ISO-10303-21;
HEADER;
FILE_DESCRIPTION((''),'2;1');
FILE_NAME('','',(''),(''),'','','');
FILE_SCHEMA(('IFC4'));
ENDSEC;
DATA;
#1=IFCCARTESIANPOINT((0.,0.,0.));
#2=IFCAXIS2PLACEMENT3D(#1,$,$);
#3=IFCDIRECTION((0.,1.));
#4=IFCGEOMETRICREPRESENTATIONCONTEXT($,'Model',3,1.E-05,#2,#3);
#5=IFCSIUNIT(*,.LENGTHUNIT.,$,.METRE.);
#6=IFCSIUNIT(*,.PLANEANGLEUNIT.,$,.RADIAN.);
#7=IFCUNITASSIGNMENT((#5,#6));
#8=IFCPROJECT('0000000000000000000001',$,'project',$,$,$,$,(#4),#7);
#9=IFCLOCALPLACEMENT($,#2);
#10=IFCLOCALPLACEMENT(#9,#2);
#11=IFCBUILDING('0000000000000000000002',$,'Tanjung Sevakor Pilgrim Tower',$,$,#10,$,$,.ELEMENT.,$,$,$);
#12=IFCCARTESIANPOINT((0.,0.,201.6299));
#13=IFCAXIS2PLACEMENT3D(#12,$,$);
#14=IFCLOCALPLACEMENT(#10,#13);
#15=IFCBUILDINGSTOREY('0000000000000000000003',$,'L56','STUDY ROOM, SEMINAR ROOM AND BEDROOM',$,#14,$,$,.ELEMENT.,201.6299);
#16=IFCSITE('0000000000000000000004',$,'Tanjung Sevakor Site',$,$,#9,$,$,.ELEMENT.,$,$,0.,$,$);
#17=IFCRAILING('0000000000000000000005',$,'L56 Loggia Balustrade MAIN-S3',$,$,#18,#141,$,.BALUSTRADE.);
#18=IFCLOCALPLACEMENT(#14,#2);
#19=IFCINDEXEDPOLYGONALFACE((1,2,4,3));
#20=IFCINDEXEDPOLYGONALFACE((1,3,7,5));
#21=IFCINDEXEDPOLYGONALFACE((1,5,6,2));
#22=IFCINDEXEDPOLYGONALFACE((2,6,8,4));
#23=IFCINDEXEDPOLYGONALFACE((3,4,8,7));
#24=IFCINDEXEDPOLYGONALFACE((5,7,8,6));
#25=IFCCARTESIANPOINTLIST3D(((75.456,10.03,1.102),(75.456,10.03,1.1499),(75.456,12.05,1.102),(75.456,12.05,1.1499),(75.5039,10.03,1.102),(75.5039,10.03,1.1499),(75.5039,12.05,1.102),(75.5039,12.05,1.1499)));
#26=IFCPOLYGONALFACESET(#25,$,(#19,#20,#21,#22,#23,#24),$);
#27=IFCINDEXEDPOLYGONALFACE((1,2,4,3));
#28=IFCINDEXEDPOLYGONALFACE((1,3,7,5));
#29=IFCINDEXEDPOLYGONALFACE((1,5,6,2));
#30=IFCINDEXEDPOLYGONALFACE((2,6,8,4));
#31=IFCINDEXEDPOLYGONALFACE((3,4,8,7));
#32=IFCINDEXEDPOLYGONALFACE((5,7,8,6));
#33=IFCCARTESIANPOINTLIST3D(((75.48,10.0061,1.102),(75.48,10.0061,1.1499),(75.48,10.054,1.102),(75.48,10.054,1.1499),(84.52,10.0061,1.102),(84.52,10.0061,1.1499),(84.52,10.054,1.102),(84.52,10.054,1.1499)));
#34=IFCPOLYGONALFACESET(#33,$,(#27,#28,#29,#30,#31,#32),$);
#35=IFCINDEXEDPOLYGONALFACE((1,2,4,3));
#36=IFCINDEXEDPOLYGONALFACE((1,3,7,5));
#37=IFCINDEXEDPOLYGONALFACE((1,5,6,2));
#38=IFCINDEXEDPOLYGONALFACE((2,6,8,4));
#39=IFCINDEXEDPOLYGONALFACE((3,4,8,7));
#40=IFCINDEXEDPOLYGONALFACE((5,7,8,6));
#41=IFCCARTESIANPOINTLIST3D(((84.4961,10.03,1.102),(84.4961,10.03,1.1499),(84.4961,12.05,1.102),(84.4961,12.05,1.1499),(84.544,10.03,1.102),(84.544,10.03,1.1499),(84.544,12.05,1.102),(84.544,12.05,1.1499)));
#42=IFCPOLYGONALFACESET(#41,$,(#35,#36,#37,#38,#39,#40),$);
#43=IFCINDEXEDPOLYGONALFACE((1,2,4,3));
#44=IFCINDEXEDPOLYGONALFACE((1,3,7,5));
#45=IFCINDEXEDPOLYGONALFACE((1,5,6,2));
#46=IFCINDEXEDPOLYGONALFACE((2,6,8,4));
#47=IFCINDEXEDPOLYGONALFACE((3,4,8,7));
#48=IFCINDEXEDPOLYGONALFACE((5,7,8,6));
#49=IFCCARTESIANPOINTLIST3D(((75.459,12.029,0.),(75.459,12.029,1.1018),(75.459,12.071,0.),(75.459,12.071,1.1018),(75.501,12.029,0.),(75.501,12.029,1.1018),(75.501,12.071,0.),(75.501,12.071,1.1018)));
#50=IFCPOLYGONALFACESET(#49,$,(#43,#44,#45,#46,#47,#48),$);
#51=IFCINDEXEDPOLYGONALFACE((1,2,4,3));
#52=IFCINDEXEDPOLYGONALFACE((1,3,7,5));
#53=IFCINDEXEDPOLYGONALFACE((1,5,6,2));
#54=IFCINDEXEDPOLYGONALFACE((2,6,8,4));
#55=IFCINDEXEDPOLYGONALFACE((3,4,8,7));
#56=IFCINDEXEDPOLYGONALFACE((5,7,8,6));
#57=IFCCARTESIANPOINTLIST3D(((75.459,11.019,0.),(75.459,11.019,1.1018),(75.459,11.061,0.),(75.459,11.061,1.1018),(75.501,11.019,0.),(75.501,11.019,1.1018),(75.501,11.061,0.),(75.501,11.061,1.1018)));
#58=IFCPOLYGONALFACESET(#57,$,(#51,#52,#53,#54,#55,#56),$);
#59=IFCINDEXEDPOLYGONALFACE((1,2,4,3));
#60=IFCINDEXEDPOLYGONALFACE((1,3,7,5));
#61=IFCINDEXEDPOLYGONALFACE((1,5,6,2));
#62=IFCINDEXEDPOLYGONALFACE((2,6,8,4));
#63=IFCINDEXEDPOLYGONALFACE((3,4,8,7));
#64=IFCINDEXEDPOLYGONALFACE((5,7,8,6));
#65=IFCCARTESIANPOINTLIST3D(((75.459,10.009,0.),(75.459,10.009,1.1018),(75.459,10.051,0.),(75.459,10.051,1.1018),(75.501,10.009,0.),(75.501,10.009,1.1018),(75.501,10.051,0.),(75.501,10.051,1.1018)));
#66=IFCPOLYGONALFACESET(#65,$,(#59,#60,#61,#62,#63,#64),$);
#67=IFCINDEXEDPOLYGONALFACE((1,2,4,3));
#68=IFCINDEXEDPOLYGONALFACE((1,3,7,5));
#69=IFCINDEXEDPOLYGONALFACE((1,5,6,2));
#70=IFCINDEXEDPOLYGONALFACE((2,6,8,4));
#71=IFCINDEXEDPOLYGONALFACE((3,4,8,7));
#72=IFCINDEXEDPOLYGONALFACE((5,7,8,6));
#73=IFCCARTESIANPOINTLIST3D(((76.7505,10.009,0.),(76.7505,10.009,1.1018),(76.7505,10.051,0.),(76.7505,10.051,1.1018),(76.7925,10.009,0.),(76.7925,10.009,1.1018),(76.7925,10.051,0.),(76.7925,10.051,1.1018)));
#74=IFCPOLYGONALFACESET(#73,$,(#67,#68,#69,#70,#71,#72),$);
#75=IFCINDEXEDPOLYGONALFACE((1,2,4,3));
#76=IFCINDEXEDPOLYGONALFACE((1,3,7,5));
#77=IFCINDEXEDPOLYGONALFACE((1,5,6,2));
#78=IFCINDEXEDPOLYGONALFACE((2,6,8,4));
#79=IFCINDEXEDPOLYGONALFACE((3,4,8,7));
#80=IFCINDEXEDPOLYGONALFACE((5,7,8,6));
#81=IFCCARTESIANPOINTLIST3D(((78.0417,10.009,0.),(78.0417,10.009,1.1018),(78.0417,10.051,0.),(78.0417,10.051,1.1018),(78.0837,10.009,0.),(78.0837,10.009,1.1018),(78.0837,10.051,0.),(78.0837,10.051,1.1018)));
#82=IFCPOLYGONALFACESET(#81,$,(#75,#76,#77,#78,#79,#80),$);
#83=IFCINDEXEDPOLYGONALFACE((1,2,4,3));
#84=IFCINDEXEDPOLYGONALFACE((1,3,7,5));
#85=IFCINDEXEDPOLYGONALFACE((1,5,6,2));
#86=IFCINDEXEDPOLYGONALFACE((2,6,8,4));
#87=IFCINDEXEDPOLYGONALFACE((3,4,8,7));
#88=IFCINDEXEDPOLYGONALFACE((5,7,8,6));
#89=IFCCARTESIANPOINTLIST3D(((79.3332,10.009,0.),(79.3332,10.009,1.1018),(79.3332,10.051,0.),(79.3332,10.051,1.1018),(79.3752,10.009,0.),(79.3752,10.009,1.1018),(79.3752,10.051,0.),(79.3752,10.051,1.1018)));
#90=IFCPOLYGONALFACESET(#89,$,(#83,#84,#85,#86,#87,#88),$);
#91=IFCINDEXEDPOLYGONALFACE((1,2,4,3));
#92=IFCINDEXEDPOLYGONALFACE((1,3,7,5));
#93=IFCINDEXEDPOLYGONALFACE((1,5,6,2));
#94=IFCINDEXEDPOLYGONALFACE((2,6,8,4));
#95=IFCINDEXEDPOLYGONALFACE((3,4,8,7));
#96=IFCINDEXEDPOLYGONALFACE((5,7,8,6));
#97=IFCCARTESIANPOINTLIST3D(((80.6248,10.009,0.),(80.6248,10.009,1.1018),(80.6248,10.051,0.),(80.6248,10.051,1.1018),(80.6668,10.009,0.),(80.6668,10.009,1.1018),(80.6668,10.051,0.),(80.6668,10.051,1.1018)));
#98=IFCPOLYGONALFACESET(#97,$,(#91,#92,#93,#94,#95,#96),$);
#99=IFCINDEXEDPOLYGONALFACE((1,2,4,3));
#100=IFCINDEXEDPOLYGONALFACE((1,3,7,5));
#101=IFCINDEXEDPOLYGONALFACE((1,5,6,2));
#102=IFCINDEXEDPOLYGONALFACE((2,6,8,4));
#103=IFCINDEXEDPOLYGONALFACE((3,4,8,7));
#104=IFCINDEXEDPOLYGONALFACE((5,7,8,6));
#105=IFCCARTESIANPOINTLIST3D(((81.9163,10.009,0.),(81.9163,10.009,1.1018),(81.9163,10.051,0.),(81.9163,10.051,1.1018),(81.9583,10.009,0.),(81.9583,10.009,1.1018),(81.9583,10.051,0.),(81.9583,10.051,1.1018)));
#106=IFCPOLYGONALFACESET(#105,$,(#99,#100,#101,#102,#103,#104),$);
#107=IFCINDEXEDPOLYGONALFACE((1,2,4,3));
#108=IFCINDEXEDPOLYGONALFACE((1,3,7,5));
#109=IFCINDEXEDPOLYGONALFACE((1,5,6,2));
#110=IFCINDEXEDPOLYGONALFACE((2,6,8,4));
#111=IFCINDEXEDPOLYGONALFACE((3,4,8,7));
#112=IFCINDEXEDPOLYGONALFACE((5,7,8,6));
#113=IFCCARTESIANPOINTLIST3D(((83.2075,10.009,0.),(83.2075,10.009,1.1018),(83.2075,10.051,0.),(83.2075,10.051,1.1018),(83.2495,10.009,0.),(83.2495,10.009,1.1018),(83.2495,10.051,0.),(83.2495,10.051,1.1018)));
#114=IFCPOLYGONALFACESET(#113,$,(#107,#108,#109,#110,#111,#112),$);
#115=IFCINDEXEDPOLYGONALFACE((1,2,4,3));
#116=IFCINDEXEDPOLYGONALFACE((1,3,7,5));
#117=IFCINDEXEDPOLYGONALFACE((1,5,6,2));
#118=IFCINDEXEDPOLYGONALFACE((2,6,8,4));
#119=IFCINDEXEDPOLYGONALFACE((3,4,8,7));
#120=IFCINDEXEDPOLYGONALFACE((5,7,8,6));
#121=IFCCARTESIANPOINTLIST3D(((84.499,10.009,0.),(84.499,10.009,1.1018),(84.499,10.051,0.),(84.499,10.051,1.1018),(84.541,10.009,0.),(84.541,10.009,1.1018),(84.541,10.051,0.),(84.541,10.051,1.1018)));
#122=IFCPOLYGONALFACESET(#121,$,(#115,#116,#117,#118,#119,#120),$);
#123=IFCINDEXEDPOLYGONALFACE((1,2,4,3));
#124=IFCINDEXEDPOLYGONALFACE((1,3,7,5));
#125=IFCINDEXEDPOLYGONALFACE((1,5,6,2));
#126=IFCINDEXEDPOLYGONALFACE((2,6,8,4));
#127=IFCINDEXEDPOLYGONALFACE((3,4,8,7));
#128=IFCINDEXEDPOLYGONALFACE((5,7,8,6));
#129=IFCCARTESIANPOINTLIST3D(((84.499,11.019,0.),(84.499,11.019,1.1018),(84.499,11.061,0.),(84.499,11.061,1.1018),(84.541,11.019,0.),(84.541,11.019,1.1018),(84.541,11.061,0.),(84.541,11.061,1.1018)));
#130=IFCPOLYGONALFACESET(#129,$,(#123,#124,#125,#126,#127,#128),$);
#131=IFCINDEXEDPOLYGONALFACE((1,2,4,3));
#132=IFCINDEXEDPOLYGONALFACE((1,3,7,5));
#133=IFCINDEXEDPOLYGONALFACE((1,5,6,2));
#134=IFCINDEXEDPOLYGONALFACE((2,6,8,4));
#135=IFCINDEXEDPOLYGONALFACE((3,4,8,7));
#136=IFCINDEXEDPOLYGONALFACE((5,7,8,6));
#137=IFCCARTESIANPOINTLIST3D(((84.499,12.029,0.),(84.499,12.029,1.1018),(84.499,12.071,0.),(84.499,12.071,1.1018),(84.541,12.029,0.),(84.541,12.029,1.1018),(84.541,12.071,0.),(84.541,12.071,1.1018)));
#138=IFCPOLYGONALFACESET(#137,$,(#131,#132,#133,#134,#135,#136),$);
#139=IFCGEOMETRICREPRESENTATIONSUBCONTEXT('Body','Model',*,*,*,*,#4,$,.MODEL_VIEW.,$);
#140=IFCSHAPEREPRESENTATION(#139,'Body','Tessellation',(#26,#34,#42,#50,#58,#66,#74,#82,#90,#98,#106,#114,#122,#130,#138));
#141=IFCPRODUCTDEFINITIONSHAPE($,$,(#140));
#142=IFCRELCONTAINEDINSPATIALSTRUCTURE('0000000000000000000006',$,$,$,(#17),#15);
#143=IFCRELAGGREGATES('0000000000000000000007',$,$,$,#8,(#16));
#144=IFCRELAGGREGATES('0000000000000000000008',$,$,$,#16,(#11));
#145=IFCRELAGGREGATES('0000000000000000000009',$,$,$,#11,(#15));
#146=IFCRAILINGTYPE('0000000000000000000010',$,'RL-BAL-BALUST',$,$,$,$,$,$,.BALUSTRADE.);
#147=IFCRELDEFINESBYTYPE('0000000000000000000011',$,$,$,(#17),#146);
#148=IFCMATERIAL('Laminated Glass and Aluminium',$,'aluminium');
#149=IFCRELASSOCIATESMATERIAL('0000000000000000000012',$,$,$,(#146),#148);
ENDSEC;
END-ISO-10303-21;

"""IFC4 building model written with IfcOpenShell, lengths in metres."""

from ifc_helpers import new_model, si_unit, direction, frame, origin, place, context, subcontext, project, spatial, rectangle, extrude, material, type_object, element, save


model = new_model("IFC4")

# Units and contexts
model_context = context("Model", 3, precision=1e-05, world=origin(), true_north=direction((0.0, 1.0)))
body_context = subcontext(model_context, "Body", "Model", "MODEL_VIEW")
ifc_project = project(units=[si_unit("LENGTHUNIT", "METRE"), si_unit("PLANEANGLEUNIT", "RADIAN")], contexts=[model_context])

# Site, building, storey
site_placement = place(None, origin())
site = spatial("IfcSite", under=ifc_project, at=site_placement, Name="Tanjung Sevakor Site", CompositionType="ELEMENT", RefElevation=0.0)
building_placement = place(site_placement, origin())
building = spatial("IfcBuilding", under=site, at=building_placement, Name="Tanjung Sevakor Pilgrim Tower", CompositionType="ELEMENT")
storey_placement = place(building_placement, frame((0.0, 0.0, 201.6299)))
storey = spatial("IfcBuildingStorey", under=building, at=storey_placement, Name="L56", Description="STUDY ROOM, SEMINAR ROOM AND BEDROOM", CompositionType="ELEMENT", Elevation=201.6299)

# Railing
ifc_material_1 = material(Name="Laminated Glass and Aluminium", Category="aluminium")
railing_type = type_object("IfcRailingType", Name="RL-BAL-BALUST", PredefinedType="BALUSTRADE", material=ifc_material_1)
railing_placement = place(storey_placement, frame((75.48, 12.05, 0.0)))
element("IfcRailing", 1, at=railing_placement, inside=storey, type_object=railing_type, Name="L56 Loggia Balustrade MAIN-S3", PredefinedType="BALUSTRADE", context=body_context, shape_type="SweptSolid", body=[
    extrude(rectangle(XDim=0.0479, YDim=0.0479), frame((0.0, 0.0, 1.126), z_axis=(0.0, -1.0, 0.0), x_axis=(1.0, 0.0, 0.0)), (0.0, 0.0, 1.0), 2.02),
    extrude(rectangle(XDim=0.0479, YDim=0.0479), frame((0.0, -2.02, 1.126), z_axis=(1.0, 0.0, 0.0), x_axis=(0.0, 1.0, 0.0)), (0.0, 0.0, 1.0), 9.04),
    extrude(rectangle(XDim=0.0479, YDim=0.0479), frame((9.04, -2.02, 1.126), z_axis=(0.0, 1.0, 0.0), x_axis=(-1.0, 0.0, 0.0)), (0.0, 0.0, 1.0), 2.02),
    extrude(rectangle(XDim=0.042, YDim=0.042), origin(), (0.0, 0.0, 1.0), 1.1018),
    extrude(rectangle(XDim=0.042, YDim=0.042), frame((0.0, -1.01, 0.0)), (0.0, 0.0, 1.0), 1.1018),
    extrude(rectangle(XDim=0.042, YDim=0.042), frame((0.0, -2.02, 0.0)), (0.0, 0.0, 1.0), 1.1018),
    extrude(rectangle(XDim=0.042, YDim=0.042), frame((1.2915, -2.02, 0.0)), (0.0, 0.0, 1.0), 1.1018),
    extrude(rectangle(XDim=0.042, YDim=0.042), frame((2.5828, -2.02, 0.0)), (0.0, 0.0, 1.0), 1.1018),
    extrude(rectangle(XDim=0.042, YDim=0.042), frame((3.8743, -2.02, 0.0)), (0.0, 0.0, 1.0), 1.1018),
    extrude(rectangle(XDim=0.042, YDim=0.042), frame((5.1658, -2.02, 0.0)), (0.0, 0.0, 1.0), 1.1018),
    extrude(rectangle(XDim=0.042, YDim=0.042), frame((6.4573, -2.02, 0.0)), (0.0, 0.0, 1.0), 1.1018),
    extrude(rectangle(XDim=0.042, YDim=0.042), frame((7.7485, -2.02, 0.0)), (0.0, 0.0, 1.0), 1.1018),
    extrude(rectangle(XDim=0.042, YDim=0.042), frame((9.04, -2.02, 0.0)), (0.0, 0.0, 1.0), 1.1018),
    extrude(rectangle(XDim=0.042, YDim=0.042), frame((9.04, -1.01, 0.0)), (0.0, 0.0, 1.0), 1.1018),
    extrude(rectangle(XDim=0.042, YDim=0.042), frame((9.04, 0.0, 0.0)), (0.0, 0.0, 1.0), 1.1018),
])

save(model, "model.ifc")
